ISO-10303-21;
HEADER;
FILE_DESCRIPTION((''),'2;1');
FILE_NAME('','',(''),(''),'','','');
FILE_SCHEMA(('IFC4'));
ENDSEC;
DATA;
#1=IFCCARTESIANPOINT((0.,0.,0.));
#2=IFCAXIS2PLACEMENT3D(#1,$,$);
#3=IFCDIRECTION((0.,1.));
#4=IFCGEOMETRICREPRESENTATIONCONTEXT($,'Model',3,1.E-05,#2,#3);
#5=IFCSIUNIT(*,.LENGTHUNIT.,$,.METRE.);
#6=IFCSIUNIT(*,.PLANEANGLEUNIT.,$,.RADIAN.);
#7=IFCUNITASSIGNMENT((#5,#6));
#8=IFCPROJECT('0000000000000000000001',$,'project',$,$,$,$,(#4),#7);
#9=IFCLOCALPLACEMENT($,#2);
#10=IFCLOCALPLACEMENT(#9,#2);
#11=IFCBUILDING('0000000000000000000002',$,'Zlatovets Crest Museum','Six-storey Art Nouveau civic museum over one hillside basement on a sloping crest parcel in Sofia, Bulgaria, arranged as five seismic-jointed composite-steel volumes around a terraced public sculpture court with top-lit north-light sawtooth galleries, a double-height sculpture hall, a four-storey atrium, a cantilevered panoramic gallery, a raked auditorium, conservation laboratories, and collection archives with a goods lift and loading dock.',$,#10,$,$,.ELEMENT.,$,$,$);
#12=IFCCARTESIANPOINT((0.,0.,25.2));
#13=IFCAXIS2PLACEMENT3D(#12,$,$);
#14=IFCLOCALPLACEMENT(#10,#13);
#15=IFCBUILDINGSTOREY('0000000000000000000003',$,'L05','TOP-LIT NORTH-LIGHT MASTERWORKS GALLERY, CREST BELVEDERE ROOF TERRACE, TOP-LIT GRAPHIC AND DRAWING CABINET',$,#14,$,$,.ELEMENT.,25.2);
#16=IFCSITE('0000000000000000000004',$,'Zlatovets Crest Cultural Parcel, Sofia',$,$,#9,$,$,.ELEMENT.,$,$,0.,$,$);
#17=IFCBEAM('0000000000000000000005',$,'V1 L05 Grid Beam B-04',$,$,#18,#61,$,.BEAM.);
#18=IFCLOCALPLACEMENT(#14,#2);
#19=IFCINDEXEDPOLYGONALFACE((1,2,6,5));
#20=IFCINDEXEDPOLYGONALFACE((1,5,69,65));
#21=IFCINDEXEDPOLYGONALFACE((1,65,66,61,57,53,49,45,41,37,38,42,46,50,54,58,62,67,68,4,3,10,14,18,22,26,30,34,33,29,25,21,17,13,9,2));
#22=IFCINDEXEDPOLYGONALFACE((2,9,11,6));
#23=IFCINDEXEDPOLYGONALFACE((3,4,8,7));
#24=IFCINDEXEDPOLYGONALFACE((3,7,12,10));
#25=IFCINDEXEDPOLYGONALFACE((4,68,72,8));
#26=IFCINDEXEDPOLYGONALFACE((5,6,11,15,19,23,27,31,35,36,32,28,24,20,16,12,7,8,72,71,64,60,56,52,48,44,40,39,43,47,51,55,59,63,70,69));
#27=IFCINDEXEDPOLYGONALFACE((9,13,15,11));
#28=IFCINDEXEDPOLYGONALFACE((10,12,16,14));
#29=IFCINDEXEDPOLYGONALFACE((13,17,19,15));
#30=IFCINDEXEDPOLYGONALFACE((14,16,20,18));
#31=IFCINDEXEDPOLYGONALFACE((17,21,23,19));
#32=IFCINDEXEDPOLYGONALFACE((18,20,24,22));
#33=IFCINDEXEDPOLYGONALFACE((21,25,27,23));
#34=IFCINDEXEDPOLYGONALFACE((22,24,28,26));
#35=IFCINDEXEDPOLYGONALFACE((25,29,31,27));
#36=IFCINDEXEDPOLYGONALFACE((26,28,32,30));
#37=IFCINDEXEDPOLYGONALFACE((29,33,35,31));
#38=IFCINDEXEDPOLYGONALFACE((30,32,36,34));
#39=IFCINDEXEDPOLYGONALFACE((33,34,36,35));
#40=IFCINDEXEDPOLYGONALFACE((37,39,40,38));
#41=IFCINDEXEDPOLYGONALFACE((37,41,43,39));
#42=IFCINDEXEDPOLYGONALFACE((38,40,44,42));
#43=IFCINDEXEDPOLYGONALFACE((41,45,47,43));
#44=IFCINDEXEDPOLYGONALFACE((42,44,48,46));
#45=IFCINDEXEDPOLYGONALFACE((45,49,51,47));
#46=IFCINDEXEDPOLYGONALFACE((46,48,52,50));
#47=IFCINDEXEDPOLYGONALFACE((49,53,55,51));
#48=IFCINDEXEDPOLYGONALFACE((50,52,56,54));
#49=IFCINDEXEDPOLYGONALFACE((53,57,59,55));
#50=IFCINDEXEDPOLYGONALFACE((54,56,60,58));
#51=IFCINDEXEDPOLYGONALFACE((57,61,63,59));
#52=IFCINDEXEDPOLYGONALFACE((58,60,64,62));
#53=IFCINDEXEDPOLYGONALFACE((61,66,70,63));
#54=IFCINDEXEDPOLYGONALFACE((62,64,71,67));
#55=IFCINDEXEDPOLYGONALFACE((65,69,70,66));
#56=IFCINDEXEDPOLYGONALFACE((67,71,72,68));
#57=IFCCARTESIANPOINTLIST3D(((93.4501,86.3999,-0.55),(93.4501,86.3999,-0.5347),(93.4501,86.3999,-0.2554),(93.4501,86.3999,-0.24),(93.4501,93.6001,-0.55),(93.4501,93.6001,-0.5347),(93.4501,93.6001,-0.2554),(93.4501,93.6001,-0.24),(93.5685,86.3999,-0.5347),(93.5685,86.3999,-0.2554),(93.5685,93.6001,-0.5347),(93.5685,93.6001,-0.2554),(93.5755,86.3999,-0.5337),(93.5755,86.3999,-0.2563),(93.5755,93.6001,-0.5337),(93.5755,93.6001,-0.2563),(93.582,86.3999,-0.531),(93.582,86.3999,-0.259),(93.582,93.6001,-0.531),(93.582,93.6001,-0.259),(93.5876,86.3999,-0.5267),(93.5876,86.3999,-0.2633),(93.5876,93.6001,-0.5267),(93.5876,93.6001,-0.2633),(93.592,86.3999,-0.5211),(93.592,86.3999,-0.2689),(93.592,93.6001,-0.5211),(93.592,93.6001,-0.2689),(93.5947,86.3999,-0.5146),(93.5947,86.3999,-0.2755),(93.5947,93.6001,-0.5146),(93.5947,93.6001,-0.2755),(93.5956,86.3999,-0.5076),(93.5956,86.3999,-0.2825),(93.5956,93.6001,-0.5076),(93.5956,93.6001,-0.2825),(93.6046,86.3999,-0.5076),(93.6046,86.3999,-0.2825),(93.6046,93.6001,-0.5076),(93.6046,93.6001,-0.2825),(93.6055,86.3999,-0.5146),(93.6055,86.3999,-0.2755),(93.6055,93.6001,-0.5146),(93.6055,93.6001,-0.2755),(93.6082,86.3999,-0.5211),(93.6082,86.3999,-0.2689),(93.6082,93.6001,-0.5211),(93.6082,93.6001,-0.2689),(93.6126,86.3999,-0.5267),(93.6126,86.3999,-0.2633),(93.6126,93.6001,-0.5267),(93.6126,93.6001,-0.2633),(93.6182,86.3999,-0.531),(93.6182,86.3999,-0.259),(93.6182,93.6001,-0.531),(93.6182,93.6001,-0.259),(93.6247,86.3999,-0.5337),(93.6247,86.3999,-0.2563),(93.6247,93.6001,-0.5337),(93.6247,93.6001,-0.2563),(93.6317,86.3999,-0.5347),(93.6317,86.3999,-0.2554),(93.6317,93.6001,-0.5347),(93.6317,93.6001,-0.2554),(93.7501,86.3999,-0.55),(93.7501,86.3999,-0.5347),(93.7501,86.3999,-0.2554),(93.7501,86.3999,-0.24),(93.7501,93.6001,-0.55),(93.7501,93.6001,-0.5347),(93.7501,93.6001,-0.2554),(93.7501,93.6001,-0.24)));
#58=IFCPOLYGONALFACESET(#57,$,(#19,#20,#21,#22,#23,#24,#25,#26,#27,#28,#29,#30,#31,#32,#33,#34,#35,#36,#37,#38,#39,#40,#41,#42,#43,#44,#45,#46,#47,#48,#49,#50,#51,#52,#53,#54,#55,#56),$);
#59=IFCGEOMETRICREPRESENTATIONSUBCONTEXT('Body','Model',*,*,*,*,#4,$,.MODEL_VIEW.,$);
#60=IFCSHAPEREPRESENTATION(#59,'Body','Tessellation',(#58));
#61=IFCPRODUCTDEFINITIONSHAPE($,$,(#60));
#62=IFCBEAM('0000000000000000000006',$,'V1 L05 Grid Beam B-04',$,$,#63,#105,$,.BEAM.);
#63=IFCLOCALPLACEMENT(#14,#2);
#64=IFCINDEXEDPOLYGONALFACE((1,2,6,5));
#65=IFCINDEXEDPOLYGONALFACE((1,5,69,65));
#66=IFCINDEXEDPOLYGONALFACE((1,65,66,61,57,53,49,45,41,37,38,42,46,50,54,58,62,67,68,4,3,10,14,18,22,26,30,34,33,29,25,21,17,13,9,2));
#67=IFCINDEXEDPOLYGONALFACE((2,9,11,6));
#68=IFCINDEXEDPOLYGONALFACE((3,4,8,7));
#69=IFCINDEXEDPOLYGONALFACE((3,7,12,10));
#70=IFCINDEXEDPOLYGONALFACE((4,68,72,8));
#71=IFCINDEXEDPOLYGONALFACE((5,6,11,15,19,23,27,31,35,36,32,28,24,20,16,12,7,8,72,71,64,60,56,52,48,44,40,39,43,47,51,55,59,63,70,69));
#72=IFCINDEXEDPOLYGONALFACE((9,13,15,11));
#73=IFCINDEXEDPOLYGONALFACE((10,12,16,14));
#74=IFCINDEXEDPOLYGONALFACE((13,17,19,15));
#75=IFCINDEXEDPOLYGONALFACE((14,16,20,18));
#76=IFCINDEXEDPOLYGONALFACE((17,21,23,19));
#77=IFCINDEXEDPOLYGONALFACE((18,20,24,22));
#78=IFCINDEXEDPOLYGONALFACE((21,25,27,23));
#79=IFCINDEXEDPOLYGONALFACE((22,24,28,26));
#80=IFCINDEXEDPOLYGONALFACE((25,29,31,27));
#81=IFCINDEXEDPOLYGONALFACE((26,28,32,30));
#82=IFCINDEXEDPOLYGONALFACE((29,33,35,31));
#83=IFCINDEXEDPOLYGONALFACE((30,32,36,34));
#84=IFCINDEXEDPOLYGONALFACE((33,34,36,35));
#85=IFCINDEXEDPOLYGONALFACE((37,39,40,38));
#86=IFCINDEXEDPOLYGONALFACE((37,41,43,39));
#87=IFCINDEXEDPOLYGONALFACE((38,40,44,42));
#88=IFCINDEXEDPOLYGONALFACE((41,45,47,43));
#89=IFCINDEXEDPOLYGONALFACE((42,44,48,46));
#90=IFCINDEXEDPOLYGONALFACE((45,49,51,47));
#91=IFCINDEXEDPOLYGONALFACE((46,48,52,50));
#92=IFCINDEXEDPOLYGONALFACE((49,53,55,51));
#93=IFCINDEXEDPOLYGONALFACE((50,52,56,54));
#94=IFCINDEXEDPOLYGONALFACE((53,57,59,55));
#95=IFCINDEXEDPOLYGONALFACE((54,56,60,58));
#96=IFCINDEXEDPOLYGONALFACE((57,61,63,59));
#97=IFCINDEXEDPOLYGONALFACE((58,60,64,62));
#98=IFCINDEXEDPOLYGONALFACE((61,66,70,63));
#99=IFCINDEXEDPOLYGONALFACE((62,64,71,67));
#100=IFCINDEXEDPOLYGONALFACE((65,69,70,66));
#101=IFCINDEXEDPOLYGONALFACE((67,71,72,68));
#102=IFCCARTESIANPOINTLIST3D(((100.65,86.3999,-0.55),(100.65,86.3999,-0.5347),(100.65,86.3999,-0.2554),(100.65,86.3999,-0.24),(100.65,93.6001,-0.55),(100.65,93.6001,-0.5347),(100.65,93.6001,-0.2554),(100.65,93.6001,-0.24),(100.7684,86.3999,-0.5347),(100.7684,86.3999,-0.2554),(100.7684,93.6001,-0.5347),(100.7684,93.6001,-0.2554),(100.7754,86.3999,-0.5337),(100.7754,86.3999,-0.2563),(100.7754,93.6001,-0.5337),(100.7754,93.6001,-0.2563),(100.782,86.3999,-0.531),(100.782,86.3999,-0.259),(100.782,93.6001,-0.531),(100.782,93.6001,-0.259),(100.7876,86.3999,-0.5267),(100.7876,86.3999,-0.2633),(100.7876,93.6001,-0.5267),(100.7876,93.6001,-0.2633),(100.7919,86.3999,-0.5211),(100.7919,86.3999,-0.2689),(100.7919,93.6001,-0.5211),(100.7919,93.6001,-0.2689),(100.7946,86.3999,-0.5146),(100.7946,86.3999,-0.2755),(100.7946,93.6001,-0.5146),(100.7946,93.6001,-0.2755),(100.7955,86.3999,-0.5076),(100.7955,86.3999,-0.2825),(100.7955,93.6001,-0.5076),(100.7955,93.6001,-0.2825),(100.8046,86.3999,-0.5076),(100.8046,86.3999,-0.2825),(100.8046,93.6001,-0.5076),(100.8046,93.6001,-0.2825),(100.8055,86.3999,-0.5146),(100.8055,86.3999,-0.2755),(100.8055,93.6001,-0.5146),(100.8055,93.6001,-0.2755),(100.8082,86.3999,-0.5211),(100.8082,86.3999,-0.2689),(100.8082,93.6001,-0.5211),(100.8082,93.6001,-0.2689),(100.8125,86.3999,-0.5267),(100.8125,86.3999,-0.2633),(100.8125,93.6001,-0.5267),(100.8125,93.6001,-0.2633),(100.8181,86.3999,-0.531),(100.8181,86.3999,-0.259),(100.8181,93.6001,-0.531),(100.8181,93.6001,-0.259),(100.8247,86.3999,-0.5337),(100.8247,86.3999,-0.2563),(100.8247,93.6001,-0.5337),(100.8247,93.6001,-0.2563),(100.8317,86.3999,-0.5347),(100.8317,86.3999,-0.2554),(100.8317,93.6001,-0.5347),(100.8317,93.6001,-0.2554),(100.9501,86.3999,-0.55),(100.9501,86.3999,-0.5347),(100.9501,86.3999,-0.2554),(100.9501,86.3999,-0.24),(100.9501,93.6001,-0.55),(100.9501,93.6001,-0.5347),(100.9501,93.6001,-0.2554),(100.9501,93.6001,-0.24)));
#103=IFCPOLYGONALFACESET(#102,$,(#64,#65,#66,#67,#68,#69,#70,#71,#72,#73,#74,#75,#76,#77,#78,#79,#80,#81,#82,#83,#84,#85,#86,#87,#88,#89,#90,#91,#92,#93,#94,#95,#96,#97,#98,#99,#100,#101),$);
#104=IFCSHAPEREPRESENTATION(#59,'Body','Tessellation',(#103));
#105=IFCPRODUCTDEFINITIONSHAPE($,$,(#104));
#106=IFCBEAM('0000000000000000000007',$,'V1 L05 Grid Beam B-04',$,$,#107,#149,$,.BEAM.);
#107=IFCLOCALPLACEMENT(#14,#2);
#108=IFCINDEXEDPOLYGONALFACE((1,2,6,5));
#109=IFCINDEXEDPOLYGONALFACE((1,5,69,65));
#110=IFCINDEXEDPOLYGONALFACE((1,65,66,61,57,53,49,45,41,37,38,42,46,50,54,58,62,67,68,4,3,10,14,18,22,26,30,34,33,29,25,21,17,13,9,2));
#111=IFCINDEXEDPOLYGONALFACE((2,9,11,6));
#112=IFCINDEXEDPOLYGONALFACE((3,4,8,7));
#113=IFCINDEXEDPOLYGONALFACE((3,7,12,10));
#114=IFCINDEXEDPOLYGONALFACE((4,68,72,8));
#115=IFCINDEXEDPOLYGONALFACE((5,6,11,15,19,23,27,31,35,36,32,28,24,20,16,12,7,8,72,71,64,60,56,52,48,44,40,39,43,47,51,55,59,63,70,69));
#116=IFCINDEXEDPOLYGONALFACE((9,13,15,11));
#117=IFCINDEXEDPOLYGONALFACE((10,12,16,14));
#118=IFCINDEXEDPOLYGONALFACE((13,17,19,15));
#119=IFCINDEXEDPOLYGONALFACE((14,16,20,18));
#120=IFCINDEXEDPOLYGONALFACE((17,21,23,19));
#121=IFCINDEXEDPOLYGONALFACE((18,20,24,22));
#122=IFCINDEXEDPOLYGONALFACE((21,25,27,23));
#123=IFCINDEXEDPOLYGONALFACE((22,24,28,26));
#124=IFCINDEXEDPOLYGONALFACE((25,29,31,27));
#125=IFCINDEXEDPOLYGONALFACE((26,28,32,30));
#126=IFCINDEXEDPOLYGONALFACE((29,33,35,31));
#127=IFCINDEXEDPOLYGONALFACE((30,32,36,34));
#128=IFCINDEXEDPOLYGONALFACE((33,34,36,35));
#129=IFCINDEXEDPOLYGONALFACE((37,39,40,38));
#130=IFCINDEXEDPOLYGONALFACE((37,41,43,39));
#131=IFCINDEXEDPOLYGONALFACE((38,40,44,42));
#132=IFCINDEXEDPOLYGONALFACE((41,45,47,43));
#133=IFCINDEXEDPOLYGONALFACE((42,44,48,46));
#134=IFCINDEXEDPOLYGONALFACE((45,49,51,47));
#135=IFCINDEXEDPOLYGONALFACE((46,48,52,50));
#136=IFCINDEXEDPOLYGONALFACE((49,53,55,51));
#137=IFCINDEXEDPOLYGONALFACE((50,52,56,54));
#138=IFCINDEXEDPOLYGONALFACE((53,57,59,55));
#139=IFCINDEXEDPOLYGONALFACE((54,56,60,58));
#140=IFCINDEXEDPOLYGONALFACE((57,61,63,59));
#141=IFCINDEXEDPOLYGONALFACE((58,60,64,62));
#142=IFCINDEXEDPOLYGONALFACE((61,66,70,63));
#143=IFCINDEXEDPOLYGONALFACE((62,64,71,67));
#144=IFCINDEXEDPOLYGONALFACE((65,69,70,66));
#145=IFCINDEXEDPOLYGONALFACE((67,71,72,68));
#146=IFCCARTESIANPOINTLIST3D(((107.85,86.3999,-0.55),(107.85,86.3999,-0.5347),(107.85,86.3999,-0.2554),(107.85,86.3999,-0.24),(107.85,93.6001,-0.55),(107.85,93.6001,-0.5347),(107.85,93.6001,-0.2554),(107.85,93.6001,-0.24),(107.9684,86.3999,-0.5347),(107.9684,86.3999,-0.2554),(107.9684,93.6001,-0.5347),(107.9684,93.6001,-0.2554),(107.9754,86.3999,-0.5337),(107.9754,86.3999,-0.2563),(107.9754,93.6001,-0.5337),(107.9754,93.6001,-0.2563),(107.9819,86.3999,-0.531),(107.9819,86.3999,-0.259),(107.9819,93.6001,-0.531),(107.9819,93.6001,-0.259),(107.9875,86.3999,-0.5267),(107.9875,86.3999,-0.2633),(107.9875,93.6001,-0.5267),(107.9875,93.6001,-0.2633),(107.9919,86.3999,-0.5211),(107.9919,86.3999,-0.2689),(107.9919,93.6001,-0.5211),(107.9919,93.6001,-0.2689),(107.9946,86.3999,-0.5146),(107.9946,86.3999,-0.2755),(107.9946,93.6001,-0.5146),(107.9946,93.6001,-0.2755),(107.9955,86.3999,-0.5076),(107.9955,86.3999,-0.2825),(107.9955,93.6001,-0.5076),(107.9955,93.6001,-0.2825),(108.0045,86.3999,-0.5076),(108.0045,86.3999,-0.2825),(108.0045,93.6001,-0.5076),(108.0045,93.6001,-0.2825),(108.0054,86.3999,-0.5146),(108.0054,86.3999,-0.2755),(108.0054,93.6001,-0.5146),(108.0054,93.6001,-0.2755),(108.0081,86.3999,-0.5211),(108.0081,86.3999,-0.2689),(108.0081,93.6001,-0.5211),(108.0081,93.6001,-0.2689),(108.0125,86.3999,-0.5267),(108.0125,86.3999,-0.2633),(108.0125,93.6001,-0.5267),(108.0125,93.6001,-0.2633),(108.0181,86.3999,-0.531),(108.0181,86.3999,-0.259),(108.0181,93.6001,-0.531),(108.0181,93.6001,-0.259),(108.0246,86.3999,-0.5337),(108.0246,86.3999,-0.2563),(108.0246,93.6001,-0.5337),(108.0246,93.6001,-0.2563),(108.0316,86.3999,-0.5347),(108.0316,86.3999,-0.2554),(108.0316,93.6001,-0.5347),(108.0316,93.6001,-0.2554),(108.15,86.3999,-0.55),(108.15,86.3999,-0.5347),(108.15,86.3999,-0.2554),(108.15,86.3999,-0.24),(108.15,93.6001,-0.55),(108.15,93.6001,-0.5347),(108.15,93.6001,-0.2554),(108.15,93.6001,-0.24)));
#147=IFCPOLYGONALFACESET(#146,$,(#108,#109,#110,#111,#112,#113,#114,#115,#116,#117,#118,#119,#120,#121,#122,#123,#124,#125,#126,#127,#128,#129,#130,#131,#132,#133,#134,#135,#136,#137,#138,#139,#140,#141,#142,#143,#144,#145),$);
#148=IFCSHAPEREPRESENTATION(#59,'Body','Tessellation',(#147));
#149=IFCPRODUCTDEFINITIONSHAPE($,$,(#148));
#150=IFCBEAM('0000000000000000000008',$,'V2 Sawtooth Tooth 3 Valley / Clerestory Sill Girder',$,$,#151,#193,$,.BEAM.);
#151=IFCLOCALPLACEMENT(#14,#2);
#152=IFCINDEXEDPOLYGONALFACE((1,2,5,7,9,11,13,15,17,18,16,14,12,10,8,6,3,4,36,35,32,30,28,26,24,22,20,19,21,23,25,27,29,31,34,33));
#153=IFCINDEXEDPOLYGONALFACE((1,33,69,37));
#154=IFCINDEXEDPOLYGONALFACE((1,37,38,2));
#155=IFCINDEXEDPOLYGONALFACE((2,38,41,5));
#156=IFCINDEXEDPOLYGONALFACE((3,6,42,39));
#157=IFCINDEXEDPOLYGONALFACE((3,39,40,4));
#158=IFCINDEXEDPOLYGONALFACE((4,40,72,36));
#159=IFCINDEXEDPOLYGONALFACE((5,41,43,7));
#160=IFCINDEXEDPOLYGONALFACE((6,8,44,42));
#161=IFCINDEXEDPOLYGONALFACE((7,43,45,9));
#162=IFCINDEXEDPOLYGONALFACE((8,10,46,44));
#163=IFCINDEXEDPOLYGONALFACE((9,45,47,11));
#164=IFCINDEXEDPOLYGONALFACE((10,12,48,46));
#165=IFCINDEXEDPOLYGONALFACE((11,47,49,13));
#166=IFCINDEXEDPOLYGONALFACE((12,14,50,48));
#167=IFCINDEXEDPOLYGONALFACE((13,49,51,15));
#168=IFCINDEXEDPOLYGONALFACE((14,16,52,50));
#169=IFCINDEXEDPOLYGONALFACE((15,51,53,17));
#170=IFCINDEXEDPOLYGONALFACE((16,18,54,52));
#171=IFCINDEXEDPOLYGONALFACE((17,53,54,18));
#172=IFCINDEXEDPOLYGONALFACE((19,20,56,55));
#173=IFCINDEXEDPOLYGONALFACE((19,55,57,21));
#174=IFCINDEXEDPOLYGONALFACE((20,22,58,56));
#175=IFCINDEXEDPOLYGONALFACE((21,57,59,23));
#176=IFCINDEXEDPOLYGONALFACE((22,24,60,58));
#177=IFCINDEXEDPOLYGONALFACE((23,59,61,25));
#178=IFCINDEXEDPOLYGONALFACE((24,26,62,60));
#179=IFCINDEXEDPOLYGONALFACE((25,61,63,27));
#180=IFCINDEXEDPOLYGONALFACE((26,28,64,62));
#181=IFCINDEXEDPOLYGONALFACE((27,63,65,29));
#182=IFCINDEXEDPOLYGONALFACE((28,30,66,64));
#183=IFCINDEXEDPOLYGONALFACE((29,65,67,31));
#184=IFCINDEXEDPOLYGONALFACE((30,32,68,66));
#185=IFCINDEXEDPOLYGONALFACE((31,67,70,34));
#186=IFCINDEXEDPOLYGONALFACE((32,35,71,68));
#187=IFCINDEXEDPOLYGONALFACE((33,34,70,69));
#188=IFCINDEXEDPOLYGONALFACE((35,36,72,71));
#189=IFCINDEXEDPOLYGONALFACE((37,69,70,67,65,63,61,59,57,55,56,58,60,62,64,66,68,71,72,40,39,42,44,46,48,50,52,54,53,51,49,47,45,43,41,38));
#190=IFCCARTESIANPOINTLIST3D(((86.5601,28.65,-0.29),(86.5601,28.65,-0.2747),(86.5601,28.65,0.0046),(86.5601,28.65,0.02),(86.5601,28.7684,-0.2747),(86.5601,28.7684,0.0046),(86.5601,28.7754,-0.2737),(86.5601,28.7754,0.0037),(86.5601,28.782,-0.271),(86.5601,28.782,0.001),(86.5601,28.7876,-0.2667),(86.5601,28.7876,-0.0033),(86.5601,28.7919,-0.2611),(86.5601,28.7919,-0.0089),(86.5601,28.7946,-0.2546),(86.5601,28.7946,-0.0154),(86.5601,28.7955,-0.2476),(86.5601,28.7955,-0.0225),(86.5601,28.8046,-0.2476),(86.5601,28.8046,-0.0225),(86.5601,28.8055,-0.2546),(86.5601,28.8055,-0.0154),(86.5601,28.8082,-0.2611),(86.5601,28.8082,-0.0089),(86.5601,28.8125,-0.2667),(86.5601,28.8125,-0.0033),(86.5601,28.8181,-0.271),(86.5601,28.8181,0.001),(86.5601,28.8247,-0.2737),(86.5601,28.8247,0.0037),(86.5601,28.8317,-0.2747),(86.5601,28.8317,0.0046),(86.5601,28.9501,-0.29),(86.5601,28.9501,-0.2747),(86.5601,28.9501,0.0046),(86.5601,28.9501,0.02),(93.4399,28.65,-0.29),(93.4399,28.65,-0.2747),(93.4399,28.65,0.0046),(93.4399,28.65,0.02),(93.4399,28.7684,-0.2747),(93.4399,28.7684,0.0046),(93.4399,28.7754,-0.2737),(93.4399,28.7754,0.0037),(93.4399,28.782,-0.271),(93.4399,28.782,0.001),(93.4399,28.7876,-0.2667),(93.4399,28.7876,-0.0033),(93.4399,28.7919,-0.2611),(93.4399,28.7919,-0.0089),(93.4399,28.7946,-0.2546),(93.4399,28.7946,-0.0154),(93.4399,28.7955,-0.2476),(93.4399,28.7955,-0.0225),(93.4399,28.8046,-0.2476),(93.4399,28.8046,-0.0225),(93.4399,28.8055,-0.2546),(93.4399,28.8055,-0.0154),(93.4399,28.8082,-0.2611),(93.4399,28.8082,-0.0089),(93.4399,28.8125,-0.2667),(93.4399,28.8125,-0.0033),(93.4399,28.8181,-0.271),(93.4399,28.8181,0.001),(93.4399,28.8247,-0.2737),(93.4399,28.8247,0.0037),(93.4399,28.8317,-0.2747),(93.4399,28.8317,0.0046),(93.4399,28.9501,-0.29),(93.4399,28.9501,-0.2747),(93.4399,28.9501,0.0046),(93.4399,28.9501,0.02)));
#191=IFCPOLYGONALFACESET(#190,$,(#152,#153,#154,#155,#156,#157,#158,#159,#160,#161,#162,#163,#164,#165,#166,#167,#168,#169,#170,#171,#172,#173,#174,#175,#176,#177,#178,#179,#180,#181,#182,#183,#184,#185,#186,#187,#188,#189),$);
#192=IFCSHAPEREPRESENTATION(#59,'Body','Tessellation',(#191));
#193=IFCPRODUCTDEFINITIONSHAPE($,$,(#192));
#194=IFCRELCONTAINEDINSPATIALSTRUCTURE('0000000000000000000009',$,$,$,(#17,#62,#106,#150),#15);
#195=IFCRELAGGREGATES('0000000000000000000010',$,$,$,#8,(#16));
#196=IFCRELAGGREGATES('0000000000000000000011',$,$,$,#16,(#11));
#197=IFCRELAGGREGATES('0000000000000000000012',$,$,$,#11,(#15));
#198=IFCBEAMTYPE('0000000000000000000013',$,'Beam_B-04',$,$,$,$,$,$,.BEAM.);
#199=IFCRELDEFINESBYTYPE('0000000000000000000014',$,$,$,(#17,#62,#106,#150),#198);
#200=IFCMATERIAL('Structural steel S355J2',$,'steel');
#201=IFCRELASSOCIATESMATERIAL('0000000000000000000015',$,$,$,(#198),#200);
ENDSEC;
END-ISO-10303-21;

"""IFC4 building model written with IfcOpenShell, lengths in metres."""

from ifc_helpers import new_model, si_unit, direction, frame, origin, origin_2d, place, context, subcontext, project, spatial, i_section, extrude, material, material_profile, profile_set, type_object, element, save


model = new_model("IFC4")

# Units and contexts
model_context = context("Model", 3, precision=1e-05, world=origin(), true_north=direction((0.0, 1.0)))
body_context = subcontext(model_context, "Body", "Model", "MODEL_VIEW")
ifc_project = project(units=[si_unit("LENGTHUNIT", "METRE"), si_unit("PLANEANGLEUNIT", "RADIAN")], contexts=[model_context])

# Site, building, storey
site_placement = place(None, origin())
site = spatial("IfcSite", under=ifc_project, at=site_placement, Name="Zlatovets Crest Cultural Parcel, Sofia", CompositionType="ELEMENT", RefElevation=0.0)
building_placement = place(site_placement, origin())
building = spatial("IfcBuilding", under=site, at=building_placement, Name="Zlatovets Crest Museum", Description="Six-storey Art Nouveau civic museum over one hillside basement on a sloping crest parcel in Sofia, Bulgaria, arranged as five seismic-jointed composite-steel volumes around a terraced public sculpture court with top-lit north-light sawtooth galleries, a double-height sculpture hall, a four-storey atrium, a cantilevered panoramic gallery, a raked auditorium, conservation laboratories, and collection archives with a goods lift and loading dock.", CompositionType="ELEMENT")
storey_placement = place(building_placement, frame((0.0, 0.0, 25.2)))
storey = spatial("IfcBuildingStorey", under=building, at=storey_placement, Name="L05", Description="TOP-LIT NORTH-LIGHT MASTERWORKS GALLERY, CREST BELVEDERE ROOF TERRACE, TOP-LIT GRAPHIC AND DRAWING CABINET", CompositionType="ELEMENT", Elevation=25.2)

# Beams
ifc_material_1 = material(Name="Structural steel S355J2", Category="steel")
ifc_material_profile_1 = material_profile(ifc_material_1, i_section(OverallWidth=0.3, OverallDepth=0.3101, WebThickness=0.009, FlangeThickness=0.0154, FilletRadius=0.0271, at=origin_2d()), Name="HEA 320")
ifc_profile_set_1 = profile_set([ifc_material_profile_1], Name="Structural steel S355J2")
beam_type_1 = type_object("IfcBeamType", Name="Beam_B-04", PredefinedType="BEAM", material=ifc_profile_set_1)
for number, where, z_axis, x_axis, name in (
    (1, (93.6001, 86.3999, -0.395), (0.0, 1.0, 0.0), (-1.0, 0.0, 0.0), "V1 L05 Grid Beam B-04"),
    (2, (100.8, 86.3999, -0.395), (0.0, 1.0, 0.0), (-1.0, 0.0, 0.0), "V1 L05 Grid Beam B-04"),
    (3, (108.0, 86.3999, -0.395), (0.0, 1.0, 0.0), (-1.0, 0.0, 0.0), "V1 L05 Grid Beam B-04"),
):
    element("IfcBeam", number, at=place(storey_placement, frame(where, z_axis=z_axis, x_axis=x_axis)), inside=storey, type_object=beam_type_1, Name=name, PredefinedType="BEAM", context=body_context, shape_type="SweptSolid", body=[
        extrude(i_section(OverallWidth=0.3, OverallDepth=0.3101, WebThickness=0.009, FlangeThickness=0.0154, FilletRadius=0.0271, at=origin_2d()), origin(), (0.0, 0.0, 1.0), 7.2002),
    ])
for number, where, z_axis, x_axis, name in (
    (4, (86.5601, 28.8, -0.135), (1.0, 0.0, 0.0), (0.0, 1.0, 0.0), "V2 Sawtooth Tooth 3 Valley / Clerestory Sill Girder"),
):
    element("IfcBeam", number, at=place(storey_placement, frame(where, z_axis=z_axis, x_axis=x_axis)), inside=storey, type_object=beam_type_1, Name=name, PredefinedType="BEAM", context=body_context, shape_type="SweptSolid", body=[
        extrude(i_section(OverallWidth=0.3, OverallDepth=0.3101, WebThickness=0.009, FlangeThickness=0.0154, FilletRadius=0.0271, at=origin_2d()), origin(), (0.0, 0.0, 1.0), 6.8799),
    ])

save(model, "model.ifc")
